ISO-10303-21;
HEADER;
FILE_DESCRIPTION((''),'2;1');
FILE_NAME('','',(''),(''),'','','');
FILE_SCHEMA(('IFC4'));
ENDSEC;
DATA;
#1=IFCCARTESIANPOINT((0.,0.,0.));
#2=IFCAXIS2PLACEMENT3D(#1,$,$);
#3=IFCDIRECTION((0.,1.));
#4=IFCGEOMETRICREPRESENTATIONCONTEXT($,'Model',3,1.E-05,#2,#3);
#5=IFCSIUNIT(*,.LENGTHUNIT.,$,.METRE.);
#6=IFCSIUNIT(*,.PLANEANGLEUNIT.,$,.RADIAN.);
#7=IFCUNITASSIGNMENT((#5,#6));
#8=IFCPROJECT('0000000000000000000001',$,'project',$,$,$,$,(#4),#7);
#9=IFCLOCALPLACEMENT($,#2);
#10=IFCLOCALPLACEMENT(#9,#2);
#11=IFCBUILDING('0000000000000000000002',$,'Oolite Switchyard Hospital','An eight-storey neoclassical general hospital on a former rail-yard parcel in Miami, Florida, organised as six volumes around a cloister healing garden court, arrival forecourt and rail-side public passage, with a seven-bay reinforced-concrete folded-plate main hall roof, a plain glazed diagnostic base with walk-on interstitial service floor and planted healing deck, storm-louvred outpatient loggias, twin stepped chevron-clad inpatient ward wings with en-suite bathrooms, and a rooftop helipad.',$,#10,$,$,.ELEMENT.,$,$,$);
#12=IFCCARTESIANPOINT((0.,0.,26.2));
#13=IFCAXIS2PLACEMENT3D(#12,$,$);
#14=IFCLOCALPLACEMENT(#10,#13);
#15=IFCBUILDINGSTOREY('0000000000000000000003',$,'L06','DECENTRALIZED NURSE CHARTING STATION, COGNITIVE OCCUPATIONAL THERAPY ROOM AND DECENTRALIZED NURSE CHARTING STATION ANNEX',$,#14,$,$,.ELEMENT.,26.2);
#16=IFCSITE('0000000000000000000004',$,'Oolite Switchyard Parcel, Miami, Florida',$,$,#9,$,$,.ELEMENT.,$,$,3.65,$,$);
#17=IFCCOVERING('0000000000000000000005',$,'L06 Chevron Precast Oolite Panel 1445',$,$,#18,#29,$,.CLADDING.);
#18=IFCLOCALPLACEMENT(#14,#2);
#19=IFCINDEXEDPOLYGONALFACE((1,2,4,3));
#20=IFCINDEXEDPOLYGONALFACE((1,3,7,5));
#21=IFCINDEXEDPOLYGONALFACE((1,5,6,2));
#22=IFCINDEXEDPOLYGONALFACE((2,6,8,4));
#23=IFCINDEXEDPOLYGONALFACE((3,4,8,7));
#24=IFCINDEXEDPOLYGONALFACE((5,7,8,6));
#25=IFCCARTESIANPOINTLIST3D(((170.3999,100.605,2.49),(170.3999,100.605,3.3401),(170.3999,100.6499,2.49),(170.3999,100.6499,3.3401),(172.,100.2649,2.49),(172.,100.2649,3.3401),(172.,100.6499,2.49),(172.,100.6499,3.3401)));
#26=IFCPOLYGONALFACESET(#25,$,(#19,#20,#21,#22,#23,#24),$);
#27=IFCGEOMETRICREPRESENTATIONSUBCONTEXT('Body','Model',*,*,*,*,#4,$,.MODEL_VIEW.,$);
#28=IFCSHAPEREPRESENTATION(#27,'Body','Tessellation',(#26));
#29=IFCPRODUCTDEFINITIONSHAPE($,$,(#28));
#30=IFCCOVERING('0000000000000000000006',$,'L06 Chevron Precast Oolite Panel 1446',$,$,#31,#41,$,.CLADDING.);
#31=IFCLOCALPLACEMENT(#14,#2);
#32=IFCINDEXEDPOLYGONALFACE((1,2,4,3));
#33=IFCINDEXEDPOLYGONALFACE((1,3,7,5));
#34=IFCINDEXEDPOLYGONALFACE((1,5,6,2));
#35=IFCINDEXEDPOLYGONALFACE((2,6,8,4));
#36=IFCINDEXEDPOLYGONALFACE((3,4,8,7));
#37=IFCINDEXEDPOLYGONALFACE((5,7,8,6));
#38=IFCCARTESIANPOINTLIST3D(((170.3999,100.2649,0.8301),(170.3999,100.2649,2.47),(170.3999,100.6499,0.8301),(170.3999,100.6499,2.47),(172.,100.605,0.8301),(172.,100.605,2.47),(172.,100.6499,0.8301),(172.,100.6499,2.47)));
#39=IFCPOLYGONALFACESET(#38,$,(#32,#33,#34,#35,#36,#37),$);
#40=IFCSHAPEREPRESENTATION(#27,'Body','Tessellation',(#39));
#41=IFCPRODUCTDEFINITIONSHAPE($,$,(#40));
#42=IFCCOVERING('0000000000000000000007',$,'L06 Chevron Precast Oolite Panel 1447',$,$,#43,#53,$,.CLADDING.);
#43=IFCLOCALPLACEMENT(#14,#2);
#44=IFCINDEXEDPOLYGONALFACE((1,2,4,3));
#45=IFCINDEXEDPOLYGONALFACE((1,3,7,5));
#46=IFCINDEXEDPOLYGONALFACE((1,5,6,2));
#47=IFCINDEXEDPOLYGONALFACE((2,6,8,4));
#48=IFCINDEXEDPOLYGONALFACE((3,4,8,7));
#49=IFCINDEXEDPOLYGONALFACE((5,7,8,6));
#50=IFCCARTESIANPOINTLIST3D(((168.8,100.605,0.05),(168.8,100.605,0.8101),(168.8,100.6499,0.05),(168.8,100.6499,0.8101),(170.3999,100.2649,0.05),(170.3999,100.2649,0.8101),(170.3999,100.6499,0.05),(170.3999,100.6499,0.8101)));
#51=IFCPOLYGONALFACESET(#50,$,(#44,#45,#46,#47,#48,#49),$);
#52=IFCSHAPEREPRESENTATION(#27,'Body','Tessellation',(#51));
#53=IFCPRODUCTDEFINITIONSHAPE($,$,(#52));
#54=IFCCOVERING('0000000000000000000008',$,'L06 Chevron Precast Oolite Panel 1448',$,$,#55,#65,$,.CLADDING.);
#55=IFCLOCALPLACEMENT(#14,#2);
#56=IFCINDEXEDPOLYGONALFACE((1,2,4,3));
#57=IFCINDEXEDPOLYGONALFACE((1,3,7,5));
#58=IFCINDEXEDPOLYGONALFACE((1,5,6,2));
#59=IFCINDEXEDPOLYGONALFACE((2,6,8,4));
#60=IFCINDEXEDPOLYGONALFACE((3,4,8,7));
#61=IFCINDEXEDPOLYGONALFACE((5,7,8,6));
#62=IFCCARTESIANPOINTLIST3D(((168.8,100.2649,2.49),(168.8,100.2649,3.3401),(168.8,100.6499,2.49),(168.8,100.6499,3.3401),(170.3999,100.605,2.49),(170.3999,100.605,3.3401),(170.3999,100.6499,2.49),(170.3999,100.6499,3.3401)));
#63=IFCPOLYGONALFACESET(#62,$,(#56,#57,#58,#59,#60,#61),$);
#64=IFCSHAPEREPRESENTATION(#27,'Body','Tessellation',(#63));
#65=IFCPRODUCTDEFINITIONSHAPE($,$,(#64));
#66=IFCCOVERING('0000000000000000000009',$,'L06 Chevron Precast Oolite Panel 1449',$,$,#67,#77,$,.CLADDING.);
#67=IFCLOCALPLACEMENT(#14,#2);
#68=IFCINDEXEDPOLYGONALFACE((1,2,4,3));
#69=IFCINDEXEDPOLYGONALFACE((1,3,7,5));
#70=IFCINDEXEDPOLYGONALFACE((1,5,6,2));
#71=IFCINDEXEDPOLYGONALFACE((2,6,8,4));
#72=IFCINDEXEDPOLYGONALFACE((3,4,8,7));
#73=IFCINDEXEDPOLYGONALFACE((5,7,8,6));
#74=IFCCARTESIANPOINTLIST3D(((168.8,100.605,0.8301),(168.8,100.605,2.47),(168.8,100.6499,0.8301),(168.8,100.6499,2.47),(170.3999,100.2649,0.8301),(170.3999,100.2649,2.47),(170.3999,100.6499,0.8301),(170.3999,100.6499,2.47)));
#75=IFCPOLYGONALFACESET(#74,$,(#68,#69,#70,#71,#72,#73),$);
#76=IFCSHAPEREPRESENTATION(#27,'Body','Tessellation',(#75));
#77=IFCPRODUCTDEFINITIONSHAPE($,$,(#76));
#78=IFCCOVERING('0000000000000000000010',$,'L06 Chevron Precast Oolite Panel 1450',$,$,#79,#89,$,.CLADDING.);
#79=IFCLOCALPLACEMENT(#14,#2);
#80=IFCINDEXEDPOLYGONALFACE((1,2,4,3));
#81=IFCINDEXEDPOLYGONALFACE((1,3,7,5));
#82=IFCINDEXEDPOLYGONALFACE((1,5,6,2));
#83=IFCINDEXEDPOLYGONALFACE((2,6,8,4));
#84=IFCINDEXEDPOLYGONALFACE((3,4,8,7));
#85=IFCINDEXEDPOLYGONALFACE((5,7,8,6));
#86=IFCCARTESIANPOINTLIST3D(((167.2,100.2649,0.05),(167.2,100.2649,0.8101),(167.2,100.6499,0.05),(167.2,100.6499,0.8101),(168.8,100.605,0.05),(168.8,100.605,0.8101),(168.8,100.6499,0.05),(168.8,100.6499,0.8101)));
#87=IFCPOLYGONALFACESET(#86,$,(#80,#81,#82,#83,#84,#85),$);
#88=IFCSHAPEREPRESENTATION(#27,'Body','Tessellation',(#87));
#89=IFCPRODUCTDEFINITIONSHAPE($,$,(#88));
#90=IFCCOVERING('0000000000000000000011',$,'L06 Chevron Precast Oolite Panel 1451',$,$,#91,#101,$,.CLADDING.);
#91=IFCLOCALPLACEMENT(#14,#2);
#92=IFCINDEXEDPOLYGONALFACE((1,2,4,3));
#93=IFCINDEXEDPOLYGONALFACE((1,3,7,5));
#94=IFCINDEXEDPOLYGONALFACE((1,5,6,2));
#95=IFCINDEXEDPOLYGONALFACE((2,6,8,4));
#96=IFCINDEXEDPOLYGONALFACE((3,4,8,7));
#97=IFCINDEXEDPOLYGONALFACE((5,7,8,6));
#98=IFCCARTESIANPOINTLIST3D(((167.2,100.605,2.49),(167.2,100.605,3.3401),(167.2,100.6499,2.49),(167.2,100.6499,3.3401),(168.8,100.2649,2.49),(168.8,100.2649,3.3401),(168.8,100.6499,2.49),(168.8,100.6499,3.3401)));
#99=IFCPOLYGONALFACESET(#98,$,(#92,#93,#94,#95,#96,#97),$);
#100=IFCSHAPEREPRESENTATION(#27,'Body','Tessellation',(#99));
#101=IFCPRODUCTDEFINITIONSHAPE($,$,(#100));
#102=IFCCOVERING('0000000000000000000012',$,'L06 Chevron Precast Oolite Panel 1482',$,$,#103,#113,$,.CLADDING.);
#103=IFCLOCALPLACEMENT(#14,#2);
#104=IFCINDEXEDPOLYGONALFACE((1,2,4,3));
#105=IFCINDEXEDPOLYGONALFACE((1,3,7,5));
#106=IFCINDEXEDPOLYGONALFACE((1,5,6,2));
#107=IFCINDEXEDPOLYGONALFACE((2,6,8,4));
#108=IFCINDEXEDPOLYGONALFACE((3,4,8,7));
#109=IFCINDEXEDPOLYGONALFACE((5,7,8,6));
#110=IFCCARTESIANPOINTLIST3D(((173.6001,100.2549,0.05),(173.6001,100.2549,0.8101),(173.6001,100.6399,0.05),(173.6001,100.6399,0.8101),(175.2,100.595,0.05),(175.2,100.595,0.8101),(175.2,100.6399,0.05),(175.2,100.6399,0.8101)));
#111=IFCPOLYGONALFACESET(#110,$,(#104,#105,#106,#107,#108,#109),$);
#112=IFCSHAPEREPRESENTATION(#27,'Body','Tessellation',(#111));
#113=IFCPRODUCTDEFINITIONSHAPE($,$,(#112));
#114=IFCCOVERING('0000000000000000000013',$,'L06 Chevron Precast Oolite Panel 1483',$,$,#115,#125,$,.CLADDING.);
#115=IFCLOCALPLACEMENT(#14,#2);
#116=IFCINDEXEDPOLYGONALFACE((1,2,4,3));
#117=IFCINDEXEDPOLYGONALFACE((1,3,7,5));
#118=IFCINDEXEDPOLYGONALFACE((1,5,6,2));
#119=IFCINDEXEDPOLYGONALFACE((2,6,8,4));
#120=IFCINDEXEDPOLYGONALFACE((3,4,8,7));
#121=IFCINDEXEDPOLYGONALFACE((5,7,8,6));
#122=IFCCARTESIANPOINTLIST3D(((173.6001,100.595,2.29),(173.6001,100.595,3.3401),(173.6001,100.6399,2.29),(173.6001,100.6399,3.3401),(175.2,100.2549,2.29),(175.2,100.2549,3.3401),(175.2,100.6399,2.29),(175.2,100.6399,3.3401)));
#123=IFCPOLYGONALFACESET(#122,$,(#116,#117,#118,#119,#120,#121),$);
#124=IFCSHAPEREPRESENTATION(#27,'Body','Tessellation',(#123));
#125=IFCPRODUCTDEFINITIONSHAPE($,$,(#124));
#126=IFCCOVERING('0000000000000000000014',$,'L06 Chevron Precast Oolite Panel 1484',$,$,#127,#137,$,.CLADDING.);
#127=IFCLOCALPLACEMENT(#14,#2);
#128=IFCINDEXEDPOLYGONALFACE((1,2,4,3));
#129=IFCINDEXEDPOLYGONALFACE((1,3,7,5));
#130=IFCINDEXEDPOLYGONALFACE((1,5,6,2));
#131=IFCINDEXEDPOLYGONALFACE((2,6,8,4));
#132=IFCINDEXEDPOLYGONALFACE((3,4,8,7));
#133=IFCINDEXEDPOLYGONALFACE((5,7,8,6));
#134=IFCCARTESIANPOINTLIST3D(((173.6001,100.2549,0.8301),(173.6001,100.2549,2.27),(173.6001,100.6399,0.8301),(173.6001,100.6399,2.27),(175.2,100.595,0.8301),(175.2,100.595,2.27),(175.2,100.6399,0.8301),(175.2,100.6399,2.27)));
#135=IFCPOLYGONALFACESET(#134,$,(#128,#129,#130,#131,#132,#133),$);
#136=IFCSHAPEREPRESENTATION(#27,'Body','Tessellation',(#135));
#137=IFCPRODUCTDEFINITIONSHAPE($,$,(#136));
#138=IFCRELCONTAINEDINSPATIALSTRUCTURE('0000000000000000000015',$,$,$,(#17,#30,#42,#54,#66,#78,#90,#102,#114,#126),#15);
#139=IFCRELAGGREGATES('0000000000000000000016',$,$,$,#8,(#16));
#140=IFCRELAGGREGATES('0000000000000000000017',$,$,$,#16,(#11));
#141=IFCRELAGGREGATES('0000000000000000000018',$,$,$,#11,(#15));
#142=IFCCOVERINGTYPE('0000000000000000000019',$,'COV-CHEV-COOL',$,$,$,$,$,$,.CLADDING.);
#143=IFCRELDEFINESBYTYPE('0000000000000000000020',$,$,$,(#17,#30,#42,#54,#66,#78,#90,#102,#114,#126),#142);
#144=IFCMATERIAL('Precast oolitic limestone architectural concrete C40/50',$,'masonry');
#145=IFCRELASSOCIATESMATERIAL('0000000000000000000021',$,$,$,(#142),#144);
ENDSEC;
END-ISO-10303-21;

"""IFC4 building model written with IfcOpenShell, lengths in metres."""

from ifc_helpers import new_model, si_unit, direction, frame, origin, place, context, subcontext, project, spatial, polyline, outline, extrude, material, type_object, element, save


model = new_model("IFC4")

# Units and contexts
model_context = context("Model", 3, precision=1e-05, world=origin(), true_north=direction((0.0, 1.0)))
body_context = subcontext(model_context, "Body", "Model", "MODEL_VIEW")
ifc_project = project(units=[si_unit("LENGTHUNIT", "METRE"), si_unit("PLANEANGLEUNIT", "RADIAN")], contexts=[model_context])

# Site, building, storey
site_placement = place(None, origin())
site = spatial("IfcSite", under=ifc_project, at=site_placement, Name="Oolite Switchyard Parcel, Miami, Florida", CompositionType="ELEMENT", RefElevation=3.65)
building_placement = place(site_placement, origin())
building = spatial("IfcBuilding", under=site, at=building_placement, Name="Oolite Switchyard Hospital", Description="An eight-storey neoclassical general hospital on a former rail-yard parcel in Miami, Florida, organised as six volumes around a cloister healing garden court, arrival forecourt and rail-side public passage, with a seven-bay reinforced-concrete folded-plate main hall roof, a plain glazed diagnostic base with walk-on interstitial service floor and planted healing deck, storm-louvred outpatient loggias, twin stepped chevron-clad inpatient ward wings with en-suite bathrooms, and a rooftop helipad.", CompositionType="ELEMENT")
storey_placement = place(building_placement, frame((0.0, 0.0, 26.2)))
storey = spatial("IfcBuildingStorey", under=building, at=storey_placement, Name="L06", Description="DECENTRALIZED NURSE CHARTING STATION, COGNITIVE OCCUPATIONAL THERAPY ROOM AND DECENTRALIZED NURSE CHARTING STATION ANNEX", CompositionType="ELEMENT", Elevation=26.2)

# Shared definitions
ifc_material_1 = material(Name="Precast oolitic limestone architectural concrete C40/50", Category="masonry")

# Coverings
covering_type = type_object("IfcCoveringType", Name="COV-CHEV-COOL", PredefinedType="CLADDING", material=ifc_material_1)
covering_1_placement = place(storey_placement, frame((172.0, 100.6499, 2.49), z_axis=(0.0, 0.0, 1.0), x_axis=(-1.0, 0.0, 0.0)))
element("IfcCovering", 1, at=covering_1_placement, inside=storey, type_object=covering_type, Name="L06 Chevron Precast Oolite Panel 1445", PredefinedType="CLADDING", context=body_context, shape_type="SweptSolid", body=[
    extrude(outline(polyline([(0.0, 0.0), (1.6001, 0.0), (1.6001, 0.0449), (0.0, 0.385), (0.0, 0.0)])), origin(), (0.0, 0.0, 1.0), 0.8501),
])
covering_2_placement = place(storey_placement, frame((172.0, 100.6499, 0.8301), z_axis=(0.0, 0.0, 1.0), x_axis=(-1.0, 0.0, 0.0)))
element("IfcCovering", 2, at=covering_2_placement, inside=storey, type_object=covering_type, Name="L06 Chevron Precast Oolite Panel 1446", PredefinedType="CLADDING", context=body_context, shape_type="SweptSolid", body=[
    extrude(outline(polyline([(0.0, 0.0), (1.6001, 0.0), (1.6001, 0.385), (0.0, 0.0449), (0.0, 0.0)])), origin(), (0.0, 0.0, 1.0), 1.6399),
])
covering_3_placement = place(storey_placement, frame((170.3999, 100.6499, 0.05), z_axis=(0.0, 0.0, 1.0), x_axis=(-1.0, 0.0, 0.0)))
element("IfcCovering", 3, at=covering_3_placement, inside=storey, type_object=covering_type, Name="L06 Chevron Precast Oolite Panel 1447", PredefinedType="CLADDING", context=body_context, shape_type="SweptSolid", body=[
    extrude(outline(polyline([(0.0, 0.0), (1.5999, 0.0), (1.5999, 0.0449), (0.0, 0.385), (0.0, 0.0)])), origin(), (0.0, 0.0, 1.0), 0.76),
])
covering_4_placement = place(storey_placement, frame((170.3999, 100.6499, 2.49), z_axis=(0.0, 0.0, 1.0), x_axis=(-1.0, 0.0, 0.0)))
element("IfcCovering", 4, at=covering_4_placement, inside=storey, type_object=covering_type, Name="L06 Chevron Precast Oolite Panel 1448", PredefinedType="CLADDING", context=body_context, shape_type="SweptSolid", body=[
    extrude(outline(polyline([(0.0, 0.0), (1.5999, 0.0), (1.5999, 0.385), (0.0, 0.0449), (0.0, 0.0)])), origin(), (0.0, 0.0, 1.0), 0.8501),
])
covering_5_placement = place(storey_placement, frame((170.3999, 100.6499, 0.8301), z_axis=(0.0, 0.0, 1.0), x_axis=(-1.0, 0.0, 0.0)))
element("IfcCovering", 5, at=covering_5_placement, inside=storey, type_object=covering_type, Name="L06 Chevron Precast Oolite Panel 1449", PredefinedType="CLADDING", context=body_context, shape_type="SweptSolid", body=[
    extrude(outline(polyline([(0.0, 0.0), (1.5999, 0.0), (1.5999, 0.0449), (0.0, 0.385), (0.0, 0.0)])), origin(), (0.0, 0.0, 1.0), 1.6399),
])
covering_6_placement = place(storey_placement, frame((168.8, 100.6499, 0.05), z_axis=(0.0, 0.0, 1.0), x_axis=(-1.0, 0.0, 0.0)))
element("IfcCovering", 6, at=covering_6_placement, inside=storey, type_object=covering_type, Name="L06 Chevron Precast Oolite Panel 1450", PredefinedType="CLADDING", context=body_context, shape_type="SweptSolid", body=[
    extrude(outline(polyline([(0.0, 0.0), (1.6001, 0.0), (1.6001, 0.385), (0.0, 0.0449), (0.0, 0.0)])), origin(), (0.0, 0.0, 1.0), 0.76),
])
covering_7_placement = place(storey_placement, frame((168.8, 100.6499, 2.49), z_axis=(0.0, 0.0, 1.0), x_axis=(-1.0, 0.0, 0.0)))
element("IfcCovering", 7, at=covering_7_placement, inside=storey, type_object=covering_type, Name="L06 Chevron Precast Oolite Panel 1451", PredefinedType="CLADDING", context=body_context, shape_type="SweptSolid", body=[
    extrude(outline(polyline([(0.0, 0.0), (1.6001, 0.0), (1.6001, 0.0449), (0.0, 0.385), (0.0, 0.0)])), origin(), (0.0, 0.0, 1.0), 0.8501),
])
covering_8_placement = place(storey_placement, frame((175.2, 100.6399, 0.05), z_axis=(0.0, 0.0, 1.0), x_axis=(-1.0, 0.0, 0.0)))
element("IfcCovering", 8, at=covering_8_placement, inside=storey, type_object=covering_type, Name="L06 Chevron Precast Oolite Panel 1482", PredefinedType="CLADDING", context=body_context, shape_type="SweptSolid", body=[
    extrude(outline(polyline([(0.0, 0.0), (1.5999, 0.0), (1.5999, 0.385), (0.0, 0.0449), (0.0, 0.0)])), origin(), (0.0, 0.0, 1.0), 0.76),
])
covering_9_placement = place(storey_placement, frame((175.2, 100.6399, 2.29), z_axis=(0.0, 0.0, 1.0), x_axis=(-1.0, 0.0, 0.0)))
element("IfcCovering", 9, at=covering_9_placement, inside=storey, type_object=covering_type, Name="L06 Chevron Precast Oolite Panel 1483", PredefinedType="CLADDING", context=body_context, shape_type="SweptSolid", body=[
    extrude(outline(polyline([(0.0, 0.0), (1.5999, 0.0), (1.5999, 0.0449), (0.0, 0.385), (0.0, 0.0)])), origin(), (0.0, 0.0, 1.0), 1.05),
])
covering_10_placement = place(storey_placement, frame((175.2, 100.6399, 0.8301), z_axis=(0.0, 0.0, 1.0), x_axis=(-1.0, 0.0, 0.0)))
element("IfcCovering", 10, at=covering_10_placement, inside=storey, type_object=covering_type, Name="L06 Chevron Precast Oolite Panel 1484", PredefinedType="CLADDING", context=body_context, shape_type="SweptSolid", body=[
    extrude(outline(polyline([(0.0, 0.0), (1.5999, 0.0), (1.5999, 0.385), (0.0, 0.0449), (0.0, 0.0)])), origin(), (0.0, 0.0, 1.0), 1.4399),
])

save(model, "model.ifc")
